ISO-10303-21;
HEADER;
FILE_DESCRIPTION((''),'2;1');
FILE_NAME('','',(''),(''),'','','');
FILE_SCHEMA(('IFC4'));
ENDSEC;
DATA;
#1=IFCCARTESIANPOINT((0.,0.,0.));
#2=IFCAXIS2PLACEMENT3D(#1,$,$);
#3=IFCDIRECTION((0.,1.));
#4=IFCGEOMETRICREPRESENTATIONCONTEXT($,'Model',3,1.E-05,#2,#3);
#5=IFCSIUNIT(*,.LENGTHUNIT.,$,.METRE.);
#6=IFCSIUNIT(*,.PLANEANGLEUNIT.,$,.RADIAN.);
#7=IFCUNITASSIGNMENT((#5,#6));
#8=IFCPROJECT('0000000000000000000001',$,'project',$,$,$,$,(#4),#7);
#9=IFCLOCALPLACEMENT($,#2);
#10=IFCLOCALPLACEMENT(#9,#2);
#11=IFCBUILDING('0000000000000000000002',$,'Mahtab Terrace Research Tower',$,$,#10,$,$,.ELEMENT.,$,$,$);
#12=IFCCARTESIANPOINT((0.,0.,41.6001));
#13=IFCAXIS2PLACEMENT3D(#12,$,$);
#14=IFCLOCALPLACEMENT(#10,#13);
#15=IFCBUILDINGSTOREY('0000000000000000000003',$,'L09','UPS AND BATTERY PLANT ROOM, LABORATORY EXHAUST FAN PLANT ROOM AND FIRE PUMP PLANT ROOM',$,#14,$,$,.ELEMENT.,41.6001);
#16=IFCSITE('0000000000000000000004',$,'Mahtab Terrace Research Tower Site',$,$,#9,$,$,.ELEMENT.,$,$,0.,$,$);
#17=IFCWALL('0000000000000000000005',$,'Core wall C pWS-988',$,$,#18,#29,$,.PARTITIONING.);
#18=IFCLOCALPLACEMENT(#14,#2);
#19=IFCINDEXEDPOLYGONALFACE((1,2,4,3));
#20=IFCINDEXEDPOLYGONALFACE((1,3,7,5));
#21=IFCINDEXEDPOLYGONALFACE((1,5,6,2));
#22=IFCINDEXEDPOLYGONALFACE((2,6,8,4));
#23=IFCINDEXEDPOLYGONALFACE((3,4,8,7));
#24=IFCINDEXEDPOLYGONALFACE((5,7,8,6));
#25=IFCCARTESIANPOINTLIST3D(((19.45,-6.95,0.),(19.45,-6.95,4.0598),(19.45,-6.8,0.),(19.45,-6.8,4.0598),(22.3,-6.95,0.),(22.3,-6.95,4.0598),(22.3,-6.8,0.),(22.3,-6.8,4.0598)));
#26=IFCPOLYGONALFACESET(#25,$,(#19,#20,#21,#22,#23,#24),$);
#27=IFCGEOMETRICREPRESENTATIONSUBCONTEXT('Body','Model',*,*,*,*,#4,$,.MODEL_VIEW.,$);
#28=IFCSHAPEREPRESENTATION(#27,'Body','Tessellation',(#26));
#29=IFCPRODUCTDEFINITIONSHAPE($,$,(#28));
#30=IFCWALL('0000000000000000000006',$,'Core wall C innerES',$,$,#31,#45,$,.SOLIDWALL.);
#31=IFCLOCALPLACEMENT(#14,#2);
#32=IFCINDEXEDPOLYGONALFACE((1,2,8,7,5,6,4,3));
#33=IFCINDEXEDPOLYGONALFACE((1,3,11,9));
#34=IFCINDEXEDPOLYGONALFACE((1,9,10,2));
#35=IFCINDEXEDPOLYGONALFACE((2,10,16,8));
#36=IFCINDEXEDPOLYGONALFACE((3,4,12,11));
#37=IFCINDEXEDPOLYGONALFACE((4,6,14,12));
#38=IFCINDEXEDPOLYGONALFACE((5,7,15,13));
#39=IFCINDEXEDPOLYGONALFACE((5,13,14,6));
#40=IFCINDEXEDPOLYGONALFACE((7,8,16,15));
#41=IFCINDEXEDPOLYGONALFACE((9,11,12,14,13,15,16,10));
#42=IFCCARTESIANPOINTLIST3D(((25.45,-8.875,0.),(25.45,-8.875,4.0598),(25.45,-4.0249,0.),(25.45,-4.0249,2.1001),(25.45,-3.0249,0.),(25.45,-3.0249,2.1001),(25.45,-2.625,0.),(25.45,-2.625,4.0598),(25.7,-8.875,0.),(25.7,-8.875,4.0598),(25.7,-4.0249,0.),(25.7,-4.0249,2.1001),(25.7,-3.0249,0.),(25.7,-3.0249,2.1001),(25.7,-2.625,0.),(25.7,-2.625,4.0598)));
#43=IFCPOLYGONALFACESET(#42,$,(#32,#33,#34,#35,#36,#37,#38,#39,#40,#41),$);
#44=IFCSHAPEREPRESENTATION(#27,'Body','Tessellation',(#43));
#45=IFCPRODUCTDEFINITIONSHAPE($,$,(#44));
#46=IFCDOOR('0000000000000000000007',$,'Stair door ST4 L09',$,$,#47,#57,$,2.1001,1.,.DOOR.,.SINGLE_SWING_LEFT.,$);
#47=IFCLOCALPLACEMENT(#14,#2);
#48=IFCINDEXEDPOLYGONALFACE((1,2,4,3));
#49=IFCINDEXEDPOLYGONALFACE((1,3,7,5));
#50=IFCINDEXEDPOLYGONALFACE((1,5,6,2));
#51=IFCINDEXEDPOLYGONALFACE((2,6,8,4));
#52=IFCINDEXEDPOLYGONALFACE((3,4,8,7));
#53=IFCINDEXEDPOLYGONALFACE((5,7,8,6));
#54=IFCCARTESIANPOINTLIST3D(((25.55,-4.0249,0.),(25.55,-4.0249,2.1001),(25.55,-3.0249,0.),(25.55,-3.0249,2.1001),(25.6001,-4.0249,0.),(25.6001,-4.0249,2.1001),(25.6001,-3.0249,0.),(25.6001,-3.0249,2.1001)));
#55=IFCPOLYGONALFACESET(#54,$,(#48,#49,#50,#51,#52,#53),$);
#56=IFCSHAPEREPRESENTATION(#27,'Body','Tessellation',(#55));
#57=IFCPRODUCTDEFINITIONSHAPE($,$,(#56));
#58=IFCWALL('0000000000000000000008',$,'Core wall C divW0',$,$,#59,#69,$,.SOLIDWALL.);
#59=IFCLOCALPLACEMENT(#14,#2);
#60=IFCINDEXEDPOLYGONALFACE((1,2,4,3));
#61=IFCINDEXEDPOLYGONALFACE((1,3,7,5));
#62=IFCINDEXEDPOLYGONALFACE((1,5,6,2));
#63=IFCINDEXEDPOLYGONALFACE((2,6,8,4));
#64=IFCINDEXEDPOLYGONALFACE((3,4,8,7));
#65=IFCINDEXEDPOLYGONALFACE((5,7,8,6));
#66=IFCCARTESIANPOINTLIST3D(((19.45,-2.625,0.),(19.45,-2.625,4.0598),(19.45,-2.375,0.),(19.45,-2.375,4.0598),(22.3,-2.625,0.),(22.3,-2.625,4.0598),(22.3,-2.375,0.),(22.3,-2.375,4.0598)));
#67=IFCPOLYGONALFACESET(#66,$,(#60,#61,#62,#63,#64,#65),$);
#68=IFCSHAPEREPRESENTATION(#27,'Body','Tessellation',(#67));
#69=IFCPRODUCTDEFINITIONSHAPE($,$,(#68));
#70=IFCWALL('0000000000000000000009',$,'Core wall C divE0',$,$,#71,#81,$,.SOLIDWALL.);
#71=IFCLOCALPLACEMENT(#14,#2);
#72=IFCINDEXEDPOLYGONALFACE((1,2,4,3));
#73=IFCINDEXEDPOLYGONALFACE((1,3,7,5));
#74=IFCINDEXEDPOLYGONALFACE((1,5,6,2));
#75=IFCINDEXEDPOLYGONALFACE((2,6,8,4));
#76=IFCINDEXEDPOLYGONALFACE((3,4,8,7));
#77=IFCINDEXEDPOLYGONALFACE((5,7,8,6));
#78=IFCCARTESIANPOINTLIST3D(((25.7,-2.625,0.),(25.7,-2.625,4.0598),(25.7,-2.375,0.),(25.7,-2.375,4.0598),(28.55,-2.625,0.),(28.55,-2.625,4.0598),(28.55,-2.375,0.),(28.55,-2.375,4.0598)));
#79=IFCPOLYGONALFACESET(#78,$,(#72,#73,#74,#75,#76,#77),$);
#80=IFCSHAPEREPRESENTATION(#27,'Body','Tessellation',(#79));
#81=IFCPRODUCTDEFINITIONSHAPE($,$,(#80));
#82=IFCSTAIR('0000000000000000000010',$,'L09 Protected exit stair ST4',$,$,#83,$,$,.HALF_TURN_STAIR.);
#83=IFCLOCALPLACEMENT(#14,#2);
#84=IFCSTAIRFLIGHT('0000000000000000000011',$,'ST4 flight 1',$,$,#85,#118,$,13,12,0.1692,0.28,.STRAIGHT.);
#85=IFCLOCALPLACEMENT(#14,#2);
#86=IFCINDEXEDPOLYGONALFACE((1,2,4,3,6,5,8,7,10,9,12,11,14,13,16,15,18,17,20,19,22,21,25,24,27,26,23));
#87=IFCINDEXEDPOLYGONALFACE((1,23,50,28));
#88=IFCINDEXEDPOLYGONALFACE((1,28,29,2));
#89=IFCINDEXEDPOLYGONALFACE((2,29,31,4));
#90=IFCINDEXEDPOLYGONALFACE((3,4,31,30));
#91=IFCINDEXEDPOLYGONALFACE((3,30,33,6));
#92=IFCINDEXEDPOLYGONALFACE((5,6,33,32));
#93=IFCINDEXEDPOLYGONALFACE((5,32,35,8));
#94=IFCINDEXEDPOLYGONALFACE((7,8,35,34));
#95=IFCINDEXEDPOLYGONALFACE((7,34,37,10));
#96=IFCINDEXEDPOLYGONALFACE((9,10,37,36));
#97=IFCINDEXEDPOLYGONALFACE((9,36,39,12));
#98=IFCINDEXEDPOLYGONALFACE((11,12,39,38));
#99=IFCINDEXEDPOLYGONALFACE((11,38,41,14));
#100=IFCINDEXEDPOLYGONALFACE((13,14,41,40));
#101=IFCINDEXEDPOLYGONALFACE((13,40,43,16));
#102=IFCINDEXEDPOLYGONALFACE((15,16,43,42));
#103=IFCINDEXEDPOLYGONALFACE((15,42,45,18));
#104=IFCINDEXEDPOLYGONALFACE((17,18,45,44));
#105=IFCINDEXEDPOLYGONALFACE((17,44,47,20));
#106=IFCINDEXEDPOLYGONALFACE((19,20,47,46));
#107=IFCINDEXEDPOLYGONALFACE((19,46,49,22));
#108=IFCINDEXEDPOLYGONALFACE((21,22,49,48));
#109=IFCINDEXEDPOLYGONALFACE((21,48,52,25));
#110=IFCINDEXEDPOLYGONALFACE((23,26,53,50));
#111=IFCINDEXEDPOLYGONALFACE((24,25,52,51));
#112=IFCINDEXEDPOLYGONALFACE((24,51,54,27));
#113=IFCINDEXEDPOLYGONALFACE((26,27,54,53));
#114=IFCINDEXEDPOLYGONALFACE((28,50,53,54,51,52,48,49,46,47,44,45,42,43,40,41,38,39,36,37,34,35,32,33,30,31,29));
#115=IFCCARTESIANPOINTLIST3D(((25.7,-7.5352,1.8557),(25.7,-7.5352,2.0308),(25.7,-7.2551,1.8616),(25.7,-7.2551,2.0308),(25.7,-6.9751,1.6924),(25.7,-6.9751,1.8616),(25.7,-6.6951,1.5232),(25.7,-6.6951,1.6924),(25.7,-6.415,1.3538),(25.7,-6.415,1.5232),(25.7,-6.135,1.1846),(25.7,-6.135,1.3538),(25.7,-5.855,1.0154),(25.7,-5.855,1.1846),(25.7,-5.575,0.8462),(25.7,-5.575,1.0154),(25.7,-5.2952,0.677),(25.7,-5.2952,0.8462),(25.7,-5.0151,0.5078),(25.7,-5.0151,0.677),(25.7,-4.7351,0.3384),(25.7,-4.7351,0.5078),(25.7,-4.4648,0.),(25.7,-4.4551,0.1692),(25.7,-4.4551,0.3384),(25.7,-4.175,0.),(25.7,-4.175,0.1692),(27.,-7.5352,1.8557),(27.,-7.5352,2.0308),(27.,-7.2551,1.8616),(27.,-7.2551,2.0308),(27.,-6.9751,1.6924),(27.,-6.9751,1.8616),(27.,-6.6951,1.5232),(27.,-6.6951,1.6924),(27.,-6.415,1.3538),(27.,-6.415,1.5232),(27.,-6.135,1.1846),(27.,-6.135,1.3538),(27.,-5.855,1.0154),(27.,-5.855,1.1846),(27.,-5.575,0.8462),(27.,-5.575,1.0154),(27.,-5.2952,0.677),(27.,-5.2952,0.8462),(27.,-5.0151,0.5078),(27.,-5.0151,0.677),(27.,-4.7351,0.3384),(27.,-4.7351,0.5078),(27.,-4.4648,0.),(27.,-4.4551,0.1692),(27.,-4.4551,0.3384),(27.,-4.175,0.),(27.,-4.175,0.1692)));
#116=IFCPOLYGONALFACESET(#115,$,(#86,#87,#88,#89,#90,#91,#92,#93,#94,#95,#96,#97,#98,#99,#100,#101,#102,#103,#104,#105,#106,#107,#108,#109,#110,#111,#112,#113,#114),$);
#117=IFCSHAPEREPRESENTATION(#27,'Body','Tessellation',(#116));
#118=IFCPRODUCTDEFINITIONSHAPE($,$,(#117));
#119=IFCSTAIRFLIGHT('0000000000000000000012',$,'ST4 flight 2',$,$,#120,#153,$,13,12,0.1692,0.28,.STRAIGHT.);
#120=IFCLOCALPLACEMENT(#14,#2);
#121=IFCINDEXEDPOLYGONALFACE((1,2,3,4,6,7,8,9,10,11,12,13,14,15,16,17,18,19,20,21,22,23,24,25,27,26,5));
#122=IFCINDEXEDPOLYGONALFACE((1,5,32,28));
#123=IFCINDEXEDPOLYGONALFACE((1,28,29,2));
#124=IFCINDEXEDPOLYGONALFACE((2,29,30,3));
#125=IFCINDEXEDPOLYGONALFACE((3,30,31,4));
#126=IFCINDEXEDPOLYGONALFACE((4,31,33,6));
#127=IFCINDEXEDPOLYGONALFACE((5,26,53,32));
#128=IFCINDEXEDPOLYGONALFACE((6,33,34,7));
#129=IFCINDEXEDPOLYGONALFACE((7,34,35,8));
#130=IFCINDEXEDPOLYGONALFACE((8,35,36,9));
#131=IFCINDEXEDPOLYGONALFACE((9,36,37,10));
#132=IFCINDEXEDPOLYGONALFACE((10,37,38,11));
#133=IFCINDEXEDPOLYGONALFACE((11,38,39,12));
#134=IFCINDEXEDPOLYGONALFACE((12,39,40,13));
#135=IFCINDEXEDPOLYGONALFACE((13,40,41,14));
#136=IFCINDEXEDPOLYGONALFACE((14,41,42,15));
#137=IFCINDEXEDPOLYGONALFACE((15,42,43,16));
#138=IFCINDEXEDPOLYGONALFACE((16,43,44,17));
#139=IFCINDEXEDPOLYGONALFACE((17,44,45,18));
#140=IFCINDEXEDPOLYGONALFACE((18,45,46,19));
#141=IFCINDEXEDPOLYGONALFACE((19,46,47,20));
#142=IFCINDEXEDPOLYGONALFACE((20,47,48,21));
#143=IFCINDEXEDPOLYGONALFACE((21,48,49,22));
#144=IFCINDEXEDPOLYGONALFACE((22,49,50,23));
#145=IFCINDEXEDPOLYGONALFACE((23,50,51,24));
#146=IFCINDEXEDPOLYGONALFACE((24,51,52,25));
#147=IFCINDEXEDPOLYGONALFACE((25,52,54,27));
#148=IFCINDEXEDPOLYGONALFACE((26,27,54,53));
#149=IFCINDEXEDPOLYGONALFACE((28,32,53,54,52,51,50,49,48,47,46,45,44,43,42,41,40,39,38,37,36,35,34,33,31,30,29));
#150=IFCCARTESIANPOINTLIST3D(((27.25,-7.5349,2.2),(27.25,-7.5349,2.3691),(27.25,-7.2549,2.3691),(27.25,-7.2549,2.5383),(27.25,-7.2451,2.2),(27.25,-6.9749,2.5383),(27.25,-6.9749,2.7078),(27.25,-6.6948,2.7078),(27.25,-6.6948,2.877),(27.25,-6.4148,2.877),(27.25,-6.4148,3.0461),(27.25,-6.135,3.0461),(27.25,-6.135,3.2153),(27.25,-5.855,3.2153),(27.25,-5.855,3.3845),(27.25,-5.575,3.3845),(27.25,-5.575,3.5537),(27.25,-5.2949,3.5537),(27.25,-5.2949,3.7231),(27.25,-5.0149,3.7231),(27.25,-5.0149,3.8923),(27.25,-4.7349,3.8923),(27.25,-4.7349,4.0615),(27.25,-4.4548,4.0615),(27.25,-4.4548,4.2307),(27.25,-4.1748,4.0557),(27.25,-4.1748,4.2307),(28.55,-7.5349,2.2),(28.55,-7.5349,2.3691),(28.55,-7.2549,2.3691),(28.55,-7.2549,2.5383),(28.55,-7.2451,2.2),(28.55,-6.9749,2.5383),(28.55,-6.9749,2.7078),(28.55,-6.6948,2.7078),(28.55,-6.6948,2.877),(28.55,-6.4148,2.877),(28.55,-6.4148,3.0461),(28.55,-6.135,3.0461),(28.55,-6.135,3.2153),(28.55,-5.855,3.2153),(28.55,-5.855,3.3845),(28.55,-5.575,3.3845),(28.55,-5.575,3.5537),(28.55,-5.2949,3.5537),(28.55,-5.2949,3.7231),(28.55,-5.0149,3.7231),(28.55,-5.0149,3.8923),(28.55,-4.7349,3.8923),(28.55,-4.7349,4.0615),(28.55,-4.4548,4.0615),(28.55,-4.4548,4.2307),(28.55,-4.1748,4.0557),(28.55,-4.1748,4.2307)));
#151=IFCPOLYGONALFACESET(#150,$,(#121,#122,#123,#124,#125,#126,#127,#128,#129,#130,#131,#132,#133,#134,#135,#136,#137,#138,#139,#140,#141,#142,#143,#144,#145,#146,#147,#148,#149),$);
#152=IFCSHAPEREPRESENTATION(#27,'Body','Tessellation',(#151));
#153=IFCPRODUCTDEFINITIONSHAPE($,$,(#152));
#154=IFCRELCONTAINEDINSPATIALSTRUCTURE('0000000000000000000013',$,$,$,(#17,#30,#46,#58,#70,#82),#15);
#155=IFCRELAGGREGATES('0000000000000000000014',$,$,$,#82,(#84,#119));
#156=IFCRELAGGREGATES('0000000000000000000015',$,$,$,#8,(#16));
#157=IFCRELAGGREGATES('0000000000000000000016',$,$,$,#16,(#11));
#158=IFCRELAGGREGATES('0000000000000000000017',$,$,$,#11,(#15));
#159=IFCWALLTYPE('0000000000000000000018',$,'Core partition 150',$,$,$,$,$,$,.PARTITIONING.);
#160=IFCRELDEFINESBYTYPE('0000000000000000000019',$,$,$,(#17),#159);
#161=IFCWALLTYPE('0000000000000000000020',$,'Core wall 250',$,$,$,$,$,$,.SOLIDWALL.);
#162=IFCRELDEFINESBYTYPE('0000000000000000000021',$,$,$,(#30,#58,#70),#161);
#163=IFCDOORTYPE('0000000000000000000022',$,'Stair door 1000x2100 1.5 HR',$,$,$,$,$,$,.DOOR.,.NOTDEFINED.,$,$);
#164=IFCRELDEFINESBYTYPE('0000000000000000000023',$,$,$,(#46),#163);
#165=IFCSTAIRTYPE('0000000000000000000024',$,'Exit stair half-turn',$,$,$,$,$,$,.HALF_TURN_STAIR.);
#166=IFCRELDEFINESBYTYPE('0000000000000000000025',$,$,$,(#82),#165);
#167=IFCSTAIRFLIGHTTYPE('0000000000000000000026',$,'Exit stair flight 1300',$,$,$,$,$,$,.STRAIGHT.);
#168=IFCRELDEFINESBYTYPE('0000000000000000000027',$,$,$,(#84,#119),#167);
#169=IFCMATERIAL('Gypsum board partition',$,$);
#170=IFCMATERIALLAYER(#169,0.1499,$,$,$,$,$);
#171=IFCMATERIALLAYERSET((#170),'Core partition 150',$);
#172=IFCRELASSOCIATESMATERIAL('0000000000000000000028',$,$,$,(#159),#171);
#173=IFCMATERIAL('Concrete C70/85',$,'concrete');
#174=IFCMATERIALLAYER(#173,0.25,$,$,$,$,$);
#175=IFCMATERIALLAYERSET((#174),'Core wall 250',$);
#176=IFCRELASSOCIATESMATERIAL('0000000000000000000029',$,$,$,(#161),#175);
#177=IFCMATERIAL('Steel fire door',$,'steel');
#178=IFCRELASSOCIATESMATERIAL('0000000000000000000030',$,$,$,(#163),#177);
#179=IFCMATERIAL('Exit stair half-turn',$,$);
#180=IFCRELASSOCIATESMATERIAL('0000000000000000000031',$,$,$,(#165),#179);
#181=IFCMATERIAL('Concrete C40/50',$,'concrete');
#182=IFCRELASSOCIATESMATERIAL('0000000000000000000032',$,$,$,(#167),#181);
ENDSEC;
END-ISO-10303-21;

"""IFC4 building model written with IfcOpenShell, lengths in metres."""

from ifc_helpers import new_model, si_unit, direction, frame, frame_2d, origin, place, context, subcontext, project, spatial, polyline, rectangle, outline, extrude, material, layer, layer_set, type_object, element, fill, aggregate, save


model = new_model("IFC4")

# Units and contexts
model_context = context("Model", 3, precision=1e-05, world=origin(), true_north=direction((0.0, 1.0)))
body_context = subcontext(model_context, "Body", "Model", "MODEL_VIEW")
ifc_project = project(units=[si_unit("LENGTHUNIT", "METRE"), si_unit("PLANEANGLEUNIT", "RADIAN")], contexts=[model_context])

# Site, building, storey
site_placement = place(None, origin())
site = spatial("IfcSite", under=ifc_project, at=site_placement, Name="Mahtab Terrace Research Tower Site", CompositionType="ELEMENT", RefElevation=0.0)
building_placement = place(site_placement, origin())
building = spatial("IfcBuilding", under=site, at=building_placement, Name="Mahtab Terrace Research Tower", CompositionType="ELEMENT")
storey_placement = place(building_placement, frame((0.0, 0.0, 41.6001)))
storey = spatial("IfcBuildingStorey", under=building, at=storey_placement, Name="L09", Description="UPS AND BATTERY PLANT ROOM, LABORATORY EXHAUST FAN PLANT ROOM AND FIRE PUMP PLANT ROOM", CompositionType="ELEMENT", Elevation=41.6001)

# Wall
ifc_material_1 = material(Name="Gypsum board partition")
ifc_layer_1 = layer(ifc_material_1, 0.1499)
ifc_layer_set_1 = layer_set([ifc_layer_1], Name="Core partition 150")
wall_type_1 = type_object("IfcWallType", Name="Core partition 150", PredefinedType="PARTITIONING", material=ifc_layer_set_1)
wall_1_placement = place(storey_placement, frame((19.45, -6.875, 0.0), z_axis=(0.0, 0.0, 1.0), x_axis=(1.0, 0.0, 0.0)))
element("IfcWall", 1, at=wall_1_placement, inside=storey, type_object=wall_type_1, Name="Core wall C pWS-988", PredefinedType="PARTITIONING", context=body_context, shape_type="SweptSolid", body=[
    extrude(rectangle(XDim=2.8501, YDim=0.1499, at=frame_2d((1.425, 0.0))), origin(), (0.0, 0.0, 1.0), 4.0598),
])

# Wall, opening, door
ifc_material_2 = material(Name="Concrete C70/85", Category="concrete")
ifc_layer_2 = layer(ifc_material_2, 0.25)
ifc_layer_set_2 = layer_set([ifc_layer_2], Name="Core wall 250")
wall_type_2 = type_object("IfcWallType", Name="Core wall 250", PredefinedType="SOLIDWALL", material=ifc_layer_set_2)
wall_2_placement = place(storey_placement, frame((25.575, -8.875, 0.0), z_axis=(0.0, 0.0, 1.0), x_axis=(0.0, 1.0, 0.0)))
wall_2 = element("IfcWall", 2, at=wall_2_placement, inside=storey, type_object=wall_type_2, Name="Core wall C innerES", PredefinedType="SOLIDWALL", context=body_context, shape_type="SweptSolid", body=[
    extrude(rectangle(XDim=6.25, YDim=0.25, at=frame_2d((3.125, 0.0))), origin(), (0.0, 0.0, 1.0), 4.0598),
])
opening_placement = place(wall_2_placement, frame((4.8501, 0.0, 0.0)))
opening = element("IfcOpeningElement", 3, at=opening_placement, cuts=wall_2, PredefinedType="OPENING", context=body_context, shape_type="SweptSolid", body=[
    extrude(rectangle(XDim=1.0, YDim=2.1001, at=frame_2d((0.5, 1.05))), frame((0.0, 0.135, 0.0), z_axis=(0.0, -1.0, 0.0), x_axis=(1.0, 0.0, 0.0)), (0.0, 0.0, 1.0), 0.27),
])
ifc_material_3 = material(Name="Steel fire door", Category="steel")
door_type = type_object("IfcDoorType", Name="Stair door 1000x2100 1.5 HR", OperationType="NOTDEFINED", PredefinedType="DOOR", material=ifc_material_3)
door_placement = place(opening_placement, origin())
door = element("IfcDoor", 4, at=door_placement, inside=storey, type_object=door_type, Name="Stair door ST4 L09", OperationType="SINGLE_SWING_LEFT", OverallHeight=2.1001, OverallWidth=1.0, PredefinedType="DOOR", context=body_context, shape_type="SweptSolid", body=[
    extrude(rectangle(XDim=1.0, YDim=2.1001, at=frame_2d((0.5, 1.05))), frame((0.0, 0.0249, 0.0), z_axis=(0.0, -1.0, 0.0), x_axis=(1.0, 0.0, 0.0)), (0.0, 0.0, 1.0), 0.05),
])
fill(opening, door)

# Walls
for number, where, z_axis, x_axis, name in (
    (5, (19.45, -2.5, 0.0), (0.0, 0.0, 1.0), (1.0, 0.0, 0.0), "Core wall C divW0"),
    (6, (25.7, -2.5, 0.0), (0.0, 0.0, 1.0), (1.0, 0.0, 0.0), "Core wall C divE0"),
):
    element("IfcWall", number, at=place(storey_placement, frame(where, z_axis=z_axis, x_axis=x_axis)), inside=storey, type_object=wall_type_2, Name=name, PredefinedType="SOLIDWALL", context=body_context, shape_type="SweptSolid", body=[
        extrude(rectangle(XDim=2.8501, YDim=0.25, at=frame_2d((1.425, 0.0))), origin(), (0.0, 0.0, 1.0), 4.0598),
    ])

# Stair, stair flights
ifc_material_4 = material(Name="Exit stair half-turn")
stair_type = type_object("IfcStairType", Name="Exit stair half-turn", PredefinedType="HALF_TURN_STAIR", material=ifc_material_4)
stair_placement = place(storey_placement, origin())
stair = element("IfcStair", 7, at=stair_placement, inside=storey, type_object=stair_type, Name="L09 Protected exit stair ST4", PredefinedType="HALF_TURN_STAIR")
ifc_material_5 = material(Name="Concrete C40/50", Category="concrete")
stair_flight_type = type_object("IfcStairFlightType", Name="Exit stair flight 1300", PredefinedType="STRAIGHT", material=ifc_material_5)
stair_flight_1_placement = place(storey_placement, frame((26.3501, -4.175, 0.0), z_axis=(0.0, 0.0, 1.0), x_axis=(0.0, -1.0, 0.0)))
stair_flight_1 = element("IfcStairFlight", 8, at=stair_flight_1_placement, type_object=stair_flight_type, Name="ST4 flight 1", NumberOfRisers=13, NumberOfTreads=12, PredefinedType="STRAIGHT", RiserHeight=0.1692, TreadLength=0.28, context=body_context, shape_type="SweptSolid", body=[
    extrude(outline(polyline([(0.0, 0.0), (0.0, 0.1692), (0.28, 0.1692), (0.28, 0.3384), (0.5601, 0.3384), (0.5601, 0.5078), (0.8401, 0.5078), (0.8401, 0.677), (1.1201, 0.677), (1.1201, 0.8462), (1.3999, 0.8462), (1.3999, 1.0154), (1.6799, 1.0154), (1.6799, 1.1846), (1.96, 1.1846), (1.96, 1.3538), (2.24, 1.3538), (2.24, 1.5232), (2.52, 1.5232), (2.52, 1.6924), (2.8, 1.6924), (2.8, 1.8616), (3.0801, 1.8616), (3.0801, 2.0308), (3.3601, 2.0308), (3.3601, 2.2), (3.3601, 1.8557), (0.2898, 0.0), (0.0, 0.0)])), frame((0.0, 0.6499, 0.0), z_axis=(0.0, -1.0, 0.0), x_axis=(1.0, 0.0, 0.0)), (0.0, 0.0, 1.0), 1.3),
])
stair_flight_2_placement = place(storey_placement, frame((27.8999, -7.5349, 2.2), z_axis=(0.0, 0.0, 1.0), x_axis=(0.0, 1.0, 0.0)))
stair_flight_2 = element("IfcStairFlight", 9, at=stair_flight_2_placement, type_object=stair_flight_type, Name="ST4 flight 2", NumberOfRisers=13, NumberOfTreads=12, PredefinedType="STRAIGHT", RiserHeight=0.1692, TreadLength=0.28, context=body_context, shape_type="SweptSolid", body=[
    extrude(outline(polyline([(0.0, 0.0), (0.0, 0.1692), (0.28, 0.1692), (0.28, 0.3384), (0.5601, 0.3384), (0.5601, 0.5078), (0.8401, 0.5078), (0.8401, 0.677), (1.1201, 0.677), (1.1201, 0.8462), (1.3999, 0.8462), (1.3999, 1.0154), (1.6799, 1.0154), (1.6799, 1.1846), (1.96, 1.1846), (1.96, 1.3538), (2.24, 1.3538), (2.24, 1.5232), (2.52, 1.5232), (2.52, 1.6924), (2.8, 1.6924), (2.8, 1.8616), (3.0801, 1.8616), (3.0801, 2.0308), (3.3601, 2.0308), (3.3601, 2.2), (3.3601, 1.8557), (0.2898, 0.0), (0.0, 0.0)])), frame((0.0, 0.6499, 0.0), z_axis=(0.0, -1.0, 0.0), x_axis=(1.0, 0.0, 0.0)), (0.0, 0.0, 1.0), 1.3),
])
aggregate(stair, [stair_flight_1, stair_flight_2])

save(model, "model.ifc")
